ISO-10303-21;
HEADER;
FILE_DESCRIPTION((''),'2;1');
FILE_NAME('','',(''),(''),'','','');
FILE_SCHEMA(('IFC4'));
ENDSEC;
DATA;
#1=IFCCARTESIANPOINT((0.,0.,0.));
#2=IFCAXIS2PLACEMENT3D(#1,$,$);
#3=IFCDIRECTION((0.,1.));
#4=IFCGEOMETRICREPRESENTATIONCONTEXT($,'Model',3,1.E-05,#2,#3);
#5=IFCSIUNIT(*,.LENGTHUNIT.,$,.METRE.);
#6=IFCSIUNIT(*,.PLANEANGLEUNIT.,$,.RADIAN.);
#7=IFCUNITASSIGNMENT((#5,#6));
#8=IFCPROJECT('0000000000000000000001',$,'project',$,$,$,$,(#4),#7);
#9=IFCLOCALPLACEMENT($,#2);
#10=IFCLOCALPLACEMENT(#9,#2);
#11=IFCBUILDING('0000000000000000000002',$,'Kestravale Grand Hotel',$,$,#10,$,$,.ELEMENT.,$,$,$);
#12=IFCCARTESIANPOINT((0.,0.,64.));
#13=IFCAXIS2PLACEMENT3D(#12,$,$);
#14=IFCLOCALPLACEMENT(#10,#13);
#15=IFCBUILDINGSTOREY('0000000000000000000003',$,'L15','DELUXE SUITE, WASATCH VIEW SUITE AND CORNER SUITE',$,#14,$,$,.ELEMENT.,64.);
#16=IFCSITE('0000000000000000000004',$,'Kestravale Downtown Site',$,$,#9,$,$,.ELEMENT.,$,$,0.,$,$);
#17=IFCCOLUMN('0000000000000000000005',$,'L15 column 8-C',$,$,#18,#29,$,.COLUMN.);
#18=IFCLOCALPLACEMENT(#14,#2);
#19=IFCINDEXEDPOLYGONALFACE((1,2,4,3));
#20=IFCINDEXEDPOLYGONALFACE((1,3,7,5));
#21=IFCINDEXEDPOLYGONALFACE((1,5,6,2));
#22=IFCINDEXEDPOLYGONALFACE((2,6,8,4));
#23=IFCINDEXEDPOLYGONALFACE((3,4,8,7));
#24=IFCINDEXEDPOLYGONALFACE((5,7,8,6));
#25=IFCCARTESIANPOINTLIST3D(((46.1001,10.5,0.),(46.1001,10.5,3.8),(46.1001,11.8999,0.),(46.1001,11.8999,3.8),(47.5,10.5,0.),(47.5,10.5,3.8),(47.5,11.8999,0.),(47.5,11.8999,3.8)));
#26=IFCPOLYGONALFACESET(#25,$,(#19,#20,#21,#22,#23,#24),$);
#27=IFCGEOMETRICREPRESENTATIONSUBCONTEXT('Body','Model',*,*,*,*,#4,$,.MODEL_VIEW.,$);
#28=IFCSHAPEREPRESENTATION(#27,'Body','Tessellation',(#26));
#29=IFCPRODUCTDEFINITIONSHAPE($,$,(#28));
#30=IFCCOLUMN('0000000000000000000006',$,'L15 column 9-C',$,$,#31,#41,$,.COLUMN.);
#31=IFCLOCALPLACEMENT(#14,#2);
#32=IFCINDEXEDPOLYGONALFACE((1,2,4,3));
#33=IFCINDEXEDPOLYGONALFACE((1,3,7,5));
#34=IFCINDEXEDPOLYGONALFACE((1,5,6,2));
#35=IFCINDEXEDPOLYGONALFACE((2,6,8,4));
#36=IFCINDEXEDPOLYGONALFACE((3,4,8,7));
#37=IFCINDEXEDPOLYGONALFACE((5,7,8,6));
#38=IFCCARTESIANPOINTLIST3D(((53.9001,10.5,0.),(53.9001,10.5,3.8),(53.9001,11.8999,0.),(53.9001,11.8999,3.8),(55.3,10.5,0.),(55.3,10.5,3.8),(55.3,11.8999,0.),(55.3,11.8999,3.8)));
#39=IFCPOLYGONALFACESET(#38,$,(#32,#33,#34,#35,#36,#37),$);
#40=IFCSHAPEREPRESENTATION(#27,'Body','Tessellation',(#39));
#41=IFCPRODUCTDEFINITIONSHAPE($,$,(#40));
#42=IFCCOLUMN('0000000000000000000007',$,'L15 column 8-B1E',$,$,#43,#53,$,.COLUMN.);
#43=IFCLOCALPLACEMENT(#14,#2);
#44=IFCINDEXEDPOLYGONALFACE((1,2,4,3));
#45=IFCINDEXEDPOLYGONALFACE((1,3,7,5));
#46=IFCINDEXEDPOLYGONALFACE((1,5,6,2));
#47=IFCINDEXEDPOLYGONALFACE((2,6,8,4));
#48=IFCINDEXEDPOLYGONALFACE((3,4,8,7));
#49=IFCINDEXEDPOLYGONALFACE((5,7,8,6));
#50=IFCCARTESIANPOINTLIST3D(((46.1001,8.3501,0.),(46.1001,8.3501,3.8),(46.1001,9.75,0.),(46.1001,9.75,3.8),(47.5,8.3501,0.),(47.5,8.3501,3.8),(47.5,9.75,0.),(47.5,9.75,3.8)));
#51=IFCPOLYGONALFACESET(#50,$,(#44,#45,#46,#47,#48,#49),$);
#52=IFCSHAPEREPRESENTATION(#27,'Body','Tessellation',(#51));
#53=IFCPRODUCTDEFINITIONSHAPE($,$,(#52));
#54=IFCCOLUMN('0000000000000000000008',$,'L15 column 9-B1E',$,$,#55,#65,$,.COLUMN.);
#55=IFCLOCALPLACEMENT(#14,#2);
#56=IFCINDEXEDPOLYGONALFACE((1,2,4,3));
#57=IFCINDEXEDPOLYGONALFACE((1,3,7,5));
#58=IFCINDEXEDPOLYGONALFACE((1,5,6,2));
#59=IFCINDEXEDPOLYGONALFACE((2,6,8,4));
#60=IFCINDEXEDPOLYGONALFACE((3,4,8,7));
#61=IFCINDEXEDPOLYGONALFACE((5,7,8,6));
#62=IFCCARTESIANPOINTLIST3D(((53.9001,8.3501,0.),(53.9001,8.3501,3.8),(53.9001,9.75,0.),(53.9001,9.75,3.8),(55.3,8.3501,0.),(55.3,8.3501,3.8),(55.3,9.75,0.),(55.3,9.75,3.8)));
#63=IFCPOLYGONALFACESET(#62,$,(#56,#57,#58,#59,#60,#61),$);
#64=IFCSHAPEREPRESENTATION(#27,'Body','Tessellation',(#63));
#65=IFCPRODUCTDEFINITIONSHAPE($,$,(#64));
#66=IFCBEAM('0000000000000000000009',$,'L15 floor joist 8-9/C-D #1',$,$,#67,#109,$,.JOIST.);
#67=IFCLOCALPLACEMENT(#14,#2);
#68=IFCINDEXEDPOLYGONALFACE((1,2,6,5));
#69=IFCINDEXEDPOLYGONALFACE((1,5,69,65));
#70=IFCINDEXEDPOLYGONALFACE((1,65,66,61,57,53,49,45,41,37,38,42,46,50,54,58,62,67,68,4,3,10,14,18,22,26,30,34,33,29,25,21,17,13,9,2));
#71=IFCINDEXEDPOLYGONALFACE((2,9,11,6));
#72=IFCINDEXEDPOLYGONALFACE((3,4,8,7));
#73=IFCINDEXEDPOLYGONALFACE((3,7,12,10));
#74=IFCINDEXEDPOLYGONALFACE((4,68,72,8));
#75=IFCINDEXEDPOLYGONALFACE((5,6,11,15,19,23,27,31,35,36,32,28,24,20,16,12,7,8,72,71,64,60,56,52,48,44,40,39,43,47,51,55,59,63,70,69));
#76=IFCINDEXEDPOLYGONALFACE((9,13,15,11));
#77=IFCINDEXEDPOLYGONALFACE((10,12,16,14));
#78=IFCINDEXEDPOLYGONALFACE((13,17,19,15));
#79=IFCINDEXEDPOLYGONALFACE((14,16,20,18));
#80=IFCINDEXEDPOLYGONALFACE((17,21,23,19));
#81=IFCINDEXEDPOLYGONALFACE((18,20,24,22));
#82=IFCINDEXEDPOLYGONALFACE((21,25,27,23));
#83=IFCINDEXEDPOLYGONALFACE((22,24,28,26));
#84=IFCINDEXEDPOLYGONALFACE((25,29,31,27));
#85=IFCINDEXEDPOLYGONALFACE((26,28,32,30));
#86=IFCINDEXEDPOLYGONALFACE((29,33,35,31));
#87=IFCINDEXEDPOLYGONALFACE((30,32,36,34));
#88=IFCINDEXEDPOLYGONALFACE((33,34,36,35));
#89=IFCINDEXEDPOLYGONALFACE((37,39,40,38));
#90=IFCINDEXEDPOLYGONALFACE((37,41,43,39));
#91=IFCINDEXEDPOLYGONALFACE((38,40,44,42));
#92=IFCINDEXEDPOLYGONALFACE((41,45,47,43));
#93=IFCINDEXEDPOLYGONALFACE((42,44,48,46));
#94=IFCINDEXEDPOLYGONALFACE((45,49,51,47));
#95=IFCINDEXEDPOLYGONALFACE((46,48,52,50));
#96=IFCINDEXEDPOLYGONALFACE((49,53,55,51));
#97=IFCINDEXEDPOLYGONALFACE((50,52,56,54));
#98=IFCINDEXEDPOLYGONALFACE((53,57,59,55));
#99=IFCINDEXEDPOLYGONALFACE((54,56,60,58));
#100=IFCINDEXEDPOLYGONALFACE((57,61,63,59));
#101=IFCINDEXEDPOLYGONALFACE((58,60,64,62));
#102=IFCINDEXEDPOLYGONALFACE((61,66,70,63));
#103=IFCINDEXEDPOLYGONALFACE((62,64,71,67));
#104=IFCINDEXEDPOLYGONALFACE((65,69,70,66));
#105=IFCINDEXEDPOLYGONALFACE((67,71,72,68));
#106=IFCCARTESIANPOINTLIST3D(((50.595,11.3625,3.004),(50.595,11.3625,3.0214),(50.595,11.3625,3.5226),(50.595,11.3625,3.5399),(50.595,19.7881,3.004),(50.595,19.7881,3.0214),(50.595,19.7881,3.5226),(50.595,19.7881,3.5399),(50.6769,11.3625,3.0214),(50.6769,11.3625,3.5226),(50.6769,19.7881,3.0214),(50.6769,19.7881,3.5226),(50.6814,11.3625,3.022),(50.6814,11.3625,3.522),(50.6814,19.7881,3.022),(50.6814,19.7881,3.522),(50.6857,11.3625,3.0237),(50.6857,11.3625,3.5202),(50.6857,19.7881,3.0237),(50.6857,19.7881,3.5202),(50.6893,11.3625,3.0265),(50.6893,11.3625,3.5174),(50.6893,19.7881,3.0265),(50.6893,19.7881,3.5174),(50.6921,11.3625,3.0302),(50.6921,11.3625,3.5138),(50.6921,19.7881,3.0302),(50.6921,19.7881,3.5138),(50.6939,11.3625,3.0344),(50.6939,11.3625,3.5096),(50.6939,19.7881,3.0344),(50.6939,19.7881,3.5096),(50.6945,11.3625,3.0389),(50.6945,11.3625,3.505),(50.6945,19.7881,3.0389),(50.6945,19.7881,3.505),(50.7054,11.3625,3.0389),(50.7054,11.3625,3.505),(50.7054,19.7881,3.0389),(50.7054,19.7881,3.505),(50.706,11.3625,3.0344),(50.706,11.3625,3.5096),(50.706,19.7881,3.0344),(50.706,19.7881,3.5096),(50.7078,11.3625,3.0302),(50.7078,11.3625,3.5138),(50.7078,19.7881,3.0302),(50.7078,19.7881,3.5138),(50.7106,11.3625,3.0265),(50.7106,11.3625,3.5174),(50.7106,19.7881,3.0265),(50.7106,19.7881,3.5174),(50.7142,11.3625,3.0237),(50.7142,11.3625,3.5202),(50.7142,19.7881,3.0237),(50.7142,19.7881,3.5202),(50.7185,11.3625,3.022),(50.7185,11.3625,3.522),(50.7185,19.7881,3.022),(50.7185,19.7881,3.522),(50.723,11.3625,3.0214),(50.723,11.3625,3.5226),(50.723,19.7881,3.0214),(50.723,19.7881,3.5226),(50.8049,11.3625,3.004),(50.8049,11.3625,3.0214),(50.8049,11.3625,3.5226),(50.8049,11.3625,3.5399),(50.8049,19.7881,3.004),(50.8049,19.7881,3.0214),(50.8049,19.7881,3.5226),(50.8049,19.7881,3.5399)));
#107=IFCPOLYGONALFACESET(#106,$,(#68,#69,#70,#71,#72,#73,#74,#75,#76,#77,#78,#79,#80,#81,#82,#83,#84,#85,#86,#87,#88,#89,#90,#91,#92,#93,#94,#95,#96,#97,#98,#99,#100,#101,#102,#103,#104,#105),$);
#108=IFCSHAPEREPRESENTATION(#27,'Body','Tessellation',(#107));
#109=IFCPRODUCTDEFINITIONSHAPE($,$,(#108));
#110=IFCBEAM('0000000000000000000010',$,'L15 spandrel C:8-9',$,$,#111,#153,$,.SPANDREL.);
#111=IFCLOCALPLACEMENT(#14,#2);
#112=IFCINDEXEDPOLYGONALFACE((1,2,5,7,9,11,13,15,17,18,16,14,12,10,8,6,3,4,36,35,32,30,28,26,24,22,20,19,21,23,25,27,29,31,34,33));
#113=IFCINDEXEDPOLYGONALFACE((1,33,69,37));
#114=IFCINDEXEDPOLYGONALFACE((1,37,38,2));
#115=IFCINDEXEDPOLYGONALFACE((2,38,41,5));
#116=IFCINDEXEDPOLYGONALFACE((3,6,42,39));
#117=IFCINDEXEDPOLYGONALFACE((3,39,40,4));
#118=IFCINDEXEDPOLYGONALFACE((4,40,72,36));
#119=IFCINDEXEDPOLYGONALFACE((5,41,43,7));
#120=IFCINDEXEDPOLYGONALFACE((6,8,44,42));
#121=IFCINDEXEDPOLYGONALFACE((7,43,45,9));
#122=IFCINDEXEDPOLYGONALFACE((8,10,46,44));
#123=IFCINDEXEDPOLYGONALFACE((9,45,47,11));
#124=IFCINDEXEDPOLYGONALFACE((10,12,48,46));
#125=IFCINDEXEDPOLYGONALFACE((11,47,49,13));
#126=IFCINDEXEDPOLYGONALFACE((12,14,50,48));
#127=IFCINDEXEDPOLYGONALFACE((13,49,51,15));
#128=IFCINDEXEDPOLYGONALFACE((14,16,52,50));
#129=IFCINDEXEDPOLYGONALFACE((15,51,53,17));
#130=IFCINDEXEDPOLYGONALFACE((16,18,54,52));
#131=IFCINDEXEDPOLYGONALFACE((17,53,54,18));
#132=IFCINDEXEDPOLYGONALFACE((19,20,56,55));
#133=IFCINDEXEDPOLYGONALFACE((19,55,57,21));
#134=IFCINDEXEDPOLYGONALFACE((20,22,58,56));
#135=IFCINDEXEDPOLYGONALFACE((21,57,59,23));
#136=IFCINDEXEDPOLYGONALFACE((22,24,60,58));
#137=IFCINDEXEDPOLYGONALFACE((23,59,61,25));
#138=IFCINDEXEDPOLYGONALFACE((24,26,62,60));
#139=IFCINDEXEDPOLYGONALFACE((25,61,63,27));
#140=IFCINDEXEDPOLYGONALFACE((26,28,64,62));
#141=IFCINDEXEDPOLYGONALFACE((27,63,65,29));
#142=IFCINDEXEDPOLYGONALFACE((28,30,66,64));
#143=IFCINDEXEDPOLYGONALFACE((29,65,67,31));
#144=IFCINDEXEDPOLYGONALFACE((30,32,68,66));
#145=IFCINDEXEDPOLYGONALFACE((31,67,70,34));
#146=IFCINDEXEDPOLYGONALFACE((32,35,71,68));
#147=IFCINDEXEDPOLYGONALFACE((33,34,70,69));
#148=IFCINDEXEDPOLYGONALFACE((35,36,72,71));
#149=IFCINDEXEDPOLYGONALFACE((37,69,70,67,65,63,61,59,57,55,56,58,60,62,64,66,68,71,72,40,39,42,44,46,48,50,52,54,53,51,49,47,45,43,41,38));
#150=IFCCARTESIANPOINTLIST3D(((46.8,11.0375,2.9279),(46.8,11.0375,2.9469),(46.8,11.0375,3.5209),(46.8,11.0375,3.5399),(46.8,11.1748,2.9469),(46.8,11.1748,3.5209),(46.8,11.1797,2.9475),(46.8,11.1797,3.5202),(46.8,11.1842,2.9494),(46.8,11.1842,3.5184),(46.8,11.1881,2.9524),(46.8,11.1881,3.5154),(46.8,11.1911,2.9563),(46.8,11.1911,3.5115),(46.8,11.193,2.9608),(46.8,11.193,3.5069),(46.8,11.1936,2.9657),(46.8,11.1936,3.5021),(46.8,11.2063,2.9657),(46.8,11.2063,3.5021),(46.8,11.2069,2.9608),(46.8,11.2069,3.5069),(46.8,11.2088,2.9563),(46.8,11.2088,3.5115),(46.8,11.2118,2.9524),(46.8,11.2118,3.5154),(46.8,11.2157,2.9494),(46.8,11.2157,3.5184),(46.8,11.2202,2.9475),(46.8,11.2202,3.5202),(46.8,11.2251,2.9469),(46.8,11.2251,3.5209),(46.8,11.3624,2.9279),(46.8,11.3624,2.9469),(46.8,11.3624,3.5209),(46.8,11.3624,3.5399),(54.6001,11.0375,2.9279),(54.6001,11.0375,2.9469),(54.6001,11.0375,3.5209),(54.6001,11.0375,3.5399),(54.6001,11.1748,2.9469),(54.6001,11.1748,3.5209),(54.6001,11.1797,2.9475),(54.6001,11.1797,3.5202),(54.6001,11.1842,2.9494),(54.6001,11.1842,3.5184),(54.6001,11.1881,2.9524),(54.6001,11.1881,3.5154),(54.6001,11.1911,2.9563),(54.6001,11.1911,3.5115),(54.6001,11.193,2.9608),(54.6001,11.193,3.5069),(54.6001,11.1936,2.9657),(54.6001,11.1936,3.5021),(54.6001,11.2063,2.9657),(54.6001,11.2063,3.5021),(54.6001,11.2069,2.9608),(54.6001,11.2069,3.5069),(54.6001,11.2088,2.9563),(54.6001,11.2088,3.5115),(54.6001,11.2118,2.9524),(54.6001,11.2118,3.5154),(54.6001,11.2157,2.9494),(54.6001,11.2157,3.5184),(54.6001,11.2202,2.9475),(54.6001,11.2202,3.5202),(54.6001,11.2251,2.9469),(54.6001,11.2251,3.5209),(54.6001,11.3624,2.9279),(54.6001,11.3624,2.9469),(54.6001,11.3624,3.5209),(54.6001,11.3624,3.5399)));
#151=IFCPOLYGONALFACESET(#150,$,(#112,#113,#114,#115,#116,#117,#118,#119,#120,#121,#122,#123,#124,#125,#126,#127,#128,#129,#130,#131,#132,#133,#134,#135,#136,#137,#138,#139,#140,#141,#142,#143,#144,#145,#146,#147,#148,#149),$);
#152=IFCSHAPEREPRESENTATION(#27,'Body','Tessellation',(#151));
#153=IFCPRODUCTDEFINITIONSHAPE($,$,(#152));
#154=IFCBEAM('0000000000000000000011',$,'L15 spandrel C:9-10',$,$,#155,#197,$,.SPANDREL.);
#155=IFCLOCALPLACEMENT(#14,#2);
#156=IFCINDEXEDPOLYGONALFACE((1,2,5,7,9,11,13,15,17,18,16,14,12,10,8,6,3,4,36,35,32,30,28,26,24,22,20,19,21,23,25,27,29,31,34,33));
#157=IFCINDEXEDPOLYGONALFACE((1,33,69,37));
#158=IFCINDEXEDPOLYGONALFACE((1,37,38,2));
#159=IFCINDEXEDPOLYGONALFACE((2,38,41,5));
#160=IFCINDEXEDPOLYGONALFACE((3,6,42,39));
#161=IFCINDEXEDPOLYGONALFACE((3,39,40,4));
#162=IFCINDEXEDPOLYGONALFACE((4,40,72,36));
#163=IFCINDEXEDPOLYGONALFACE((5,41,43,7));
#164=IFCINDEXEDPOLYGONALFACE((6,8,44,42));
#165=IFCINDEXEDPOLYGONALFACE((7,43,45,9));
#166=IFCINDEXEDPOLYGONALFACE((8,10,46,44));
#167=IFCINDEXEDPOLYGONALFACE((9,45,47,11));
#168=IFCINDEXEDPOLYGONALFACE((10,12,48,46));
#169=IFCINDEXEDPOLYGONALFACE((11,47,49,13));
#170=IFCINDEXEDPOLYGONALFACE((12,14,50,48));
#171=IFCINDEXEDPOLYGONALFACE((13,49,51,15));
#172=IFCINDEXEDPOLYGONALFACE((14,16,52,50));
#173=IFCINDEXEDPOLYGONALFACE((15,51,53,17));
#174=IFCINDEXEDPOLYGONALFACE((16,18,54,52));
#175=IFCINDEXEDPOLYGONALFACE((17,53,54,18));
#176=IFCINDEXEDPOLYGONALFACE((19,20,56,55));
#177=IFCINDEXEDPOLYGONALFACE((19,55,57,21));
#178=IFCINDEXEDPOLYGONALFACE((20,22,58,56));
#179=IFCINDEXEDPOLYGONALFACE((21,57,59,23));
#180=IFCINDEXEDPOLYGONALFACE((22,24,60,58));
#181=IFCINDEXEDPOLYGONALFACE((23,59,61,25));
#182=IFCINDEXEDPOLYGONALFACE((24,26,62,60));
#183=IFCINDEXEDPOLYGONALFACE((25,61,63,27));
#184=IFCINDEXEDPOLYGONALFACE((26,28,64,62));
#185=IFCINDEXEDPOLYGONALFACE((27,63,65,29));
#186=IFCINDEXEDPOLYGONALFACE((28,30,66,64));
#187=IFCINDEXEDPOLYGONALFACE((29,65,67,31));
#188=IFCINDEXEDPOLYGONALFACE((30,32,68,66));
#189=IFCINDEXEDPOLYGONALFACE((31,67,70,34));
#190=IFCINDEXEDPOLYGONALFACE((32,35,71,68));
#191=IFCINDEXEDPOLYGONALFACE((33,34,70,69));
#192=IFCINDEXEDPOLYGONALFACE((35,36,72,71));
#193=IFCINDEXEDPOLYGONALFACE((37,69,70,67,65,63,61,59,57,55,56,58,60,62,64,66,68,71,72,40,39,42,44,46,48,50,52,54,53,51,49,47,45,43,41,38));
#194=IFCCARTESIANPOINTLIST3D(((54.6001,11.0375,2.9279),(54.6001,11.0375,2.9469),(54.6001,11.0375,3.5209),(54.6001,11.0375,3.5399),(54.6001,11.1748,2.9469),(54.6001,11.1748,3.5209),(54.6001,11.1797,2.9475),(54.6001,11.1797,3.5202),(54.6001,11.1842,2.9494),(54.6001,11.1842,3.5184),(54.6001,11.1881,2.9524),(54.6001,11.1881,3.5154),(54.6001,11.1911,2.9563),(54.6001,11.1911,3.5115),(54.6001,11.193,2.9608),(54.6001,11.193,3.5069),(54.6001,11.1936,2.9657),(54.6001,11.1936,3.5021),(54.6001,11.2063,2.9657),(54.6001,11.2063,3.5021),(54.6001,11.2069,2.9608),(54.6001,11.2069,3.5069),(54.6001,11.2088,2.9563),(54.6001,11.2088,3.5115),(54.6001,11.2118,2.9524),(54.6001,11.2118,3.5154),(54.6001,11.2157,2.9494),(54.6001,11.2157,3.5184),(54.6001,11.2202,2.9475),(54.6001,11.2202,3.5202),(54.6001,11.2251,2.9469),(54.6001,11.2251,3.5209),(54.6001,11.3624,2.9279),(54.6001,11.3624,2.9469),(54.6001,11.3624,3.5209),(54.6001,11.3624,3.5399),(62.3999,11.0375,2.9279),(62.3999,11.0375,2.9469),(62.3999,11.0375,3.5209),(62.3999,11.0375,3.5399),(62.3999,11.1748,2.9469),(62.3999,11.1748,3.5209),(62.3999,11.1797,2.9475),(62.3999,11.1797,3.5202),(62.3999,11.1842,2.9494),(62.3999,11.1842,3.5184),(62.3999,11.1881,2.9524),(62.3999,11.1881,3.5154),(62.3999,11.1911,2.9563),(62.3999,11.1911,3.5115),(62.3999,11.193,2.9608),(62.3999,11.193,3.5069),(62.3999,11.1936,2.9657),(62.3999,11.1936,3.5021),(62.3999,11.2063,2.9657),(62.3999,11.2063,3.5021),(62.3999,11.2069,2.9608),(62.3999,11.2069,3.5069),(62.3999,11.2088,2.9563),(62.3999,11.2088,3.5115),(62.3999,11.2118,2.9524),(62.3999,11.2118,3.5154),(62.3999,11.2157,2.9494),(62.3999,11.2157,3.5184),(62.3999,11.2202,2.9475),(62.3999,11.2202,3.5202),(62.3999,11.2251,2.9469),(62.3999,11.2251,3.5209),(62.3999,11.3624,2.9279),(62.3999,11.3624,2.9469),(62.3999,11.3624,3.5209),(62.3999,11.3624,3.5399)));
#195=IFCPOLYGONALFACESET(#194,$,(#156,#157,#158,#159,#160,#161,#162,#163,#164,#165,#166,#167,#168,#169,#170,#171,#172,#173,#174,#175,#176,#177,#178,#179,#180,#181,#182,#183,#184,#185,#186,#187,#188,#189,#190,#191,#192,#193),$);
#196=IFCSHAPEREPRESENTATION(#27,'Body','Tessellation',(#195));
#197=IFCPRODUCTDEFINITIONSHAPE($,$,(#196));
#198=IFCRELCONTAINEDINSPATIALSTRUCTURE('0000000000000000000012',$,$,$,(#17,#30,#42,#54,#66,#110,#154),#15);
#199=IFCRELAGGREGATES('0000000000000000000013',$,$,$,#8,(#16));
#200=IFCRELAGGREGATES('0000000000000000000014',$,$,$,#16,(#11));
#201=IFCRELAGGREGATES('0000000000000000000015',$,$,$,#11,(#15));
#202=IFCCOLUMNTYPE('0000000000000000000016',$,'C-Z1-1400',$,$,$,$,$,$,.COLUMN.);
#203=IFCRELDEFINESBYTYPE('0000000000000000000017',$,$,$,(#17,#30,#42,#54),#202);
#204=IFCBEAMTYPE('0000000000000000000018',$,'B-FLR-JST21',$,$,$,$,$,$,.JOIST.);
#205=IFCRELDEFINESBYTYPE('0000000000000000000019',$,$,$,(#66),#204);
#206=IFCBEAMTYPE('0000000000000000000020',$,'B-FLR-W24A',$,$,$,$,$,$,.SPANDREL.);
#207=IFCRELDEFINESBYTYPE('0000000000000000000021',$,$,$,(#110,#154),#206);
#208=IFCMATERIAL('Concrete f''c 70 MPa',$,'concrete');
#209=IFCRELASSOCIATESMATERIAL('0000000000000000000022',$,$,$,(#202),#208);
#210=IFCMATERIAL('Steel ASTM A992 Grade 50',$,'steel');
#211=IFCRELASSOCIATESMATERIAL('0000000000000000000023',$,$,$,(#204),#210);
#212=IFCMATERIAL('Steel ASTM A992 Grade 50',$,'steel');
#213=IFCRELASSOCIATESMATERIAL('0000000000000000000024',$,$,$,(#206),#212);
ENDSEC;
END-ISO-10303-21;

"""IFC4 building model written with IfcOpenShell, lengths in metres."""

from ifc_helpers import new_model, si_unit, direction, frame, origin, origin_2d, place, context, subcontext, project, spatial, rectangle, i_section, extrude, material, material_profile, profile_set, type_object, element, save


model = new_model("IFC4")

# Units and contexts
model_context = context("Model", 3, precision=1e-05, world=origin(), true_north=direction((0.0, 1.0)))
body_context = subcontext(model_context, "Body", "Model", "MODEL_VIEW")
ifc_project = project(units=[si_unit("LENGTHUNIT", "METRE"), si_unit("PLANEANGLEUNIT", "RADIAN")], contexts=[model_context])

# Site, building, storey
site_placement = place(None, origin())
site = spatial("IfcSite", under=ifc_project, at=site_placement, Name="Kestravale Downtown Site", CompositionType="ELEMENT", RefElevation=0.0)
building_placement = place(site_placement, origin())
building = spatial("IfcBuilding", under=site, at=building_placement, Name="Kestravale Grand Hotel", CompositionType="ELEMENT")
storey_placement = place(building_placement, frame((0.0, 0.0, 64.0)))
storey = spatial("IfcBuildingStorey", under=building, at=storey_placement, Name="L15", Description="DELUXE SUITE, WASATCH VIEW SUITE AND CORNER SUITE", CompositionType="ELEMENT", Elevation=64.0)

# Columns
ifc_material_1 = material(Name="Concrete f'c 70 MPa", Category="concrete")
ifc_material_profile_1 = material_profile(ifc_material_1, rectangle(XDim=1.3999, YDim=1.3999, at=origin_2d()))
ifc_profile_set_1 = profile_set([ifc_material_profile_1], Name="Concrete f'c 70 MPa")
column_type = type_object("IfcColumnType", Name="C-Z1-1400", PredefinedType="COLUMN", material=ifc_profile_set_1)
for number, where, z_axis, x_axis, name in (
    (1, (46.8, 11.2, 0.0), (0.0, 0.0, 1.0), (1.0, 0.0, 0.0), "L15 column 8-C"),
    (2, (54.6001, 11.2, 0.0), (0.0, 0.0, 1.0), (1.0, 0.0, 0.0), "L15 column 9-C"),
    (3, (46.8, 9.05, 0.0), (0.0, 0.0, 1.0), (1.0, 0.0, 0.0), "L15 column 8-B1E"),
    (4, (54.6001, 9.05, 0.0), (0.0, 0.0, 1.0), (1.0, 0.0, 0.0), "L15 column 9-B1E"),
):
    element("IfcColumn", number, at=place(storey_placement, frame(where, z_axis=z_axis, x_axis=x_axis)), inside=storey, type_object=column_type, Name=name, PredefinedType="COLUMN", context=body_context, shape_type="SweptSolid", body=[
        extrude(rectangle(XDim=1.3999, YDim=1.3999, at=origin_2d()), origin(), (0.0, 0.0, 1.0), 3.8),
    ])

# Beams
ifc_material_2 = material(Name="Steel ASTM A992 Grade 50", Category="steel")
ifc_material_profile_2 = material_profile(ifc_material_2, i_section(OverallWidth=0.21, OverallDepth=0.5359, WebThickness=0.011, FlangeThickness=0.0173, FilletRadius=0.0176, at=origin_2d()))
ifc_profile_set_2 = profile_set([ifc_material_profile_2], Name="Steel ASTM A992 Grade 50")
beam_type_1 = type_object("IfcBeamType", Name="B-FLR-JST21", PredefinedType="JOIST", material=ifc_profile_set_2)
beam_1_placement = place(storey_placement, frame((50.7, 11.3625, 3.272), z_axis=(0.0, 1.0, 0.0), x_axis=(-1.0, 0.0, 0.0)))
element("IfcBeam", 5, at=beam_1_placement, inside=storey, type_object=beam_type_1, Name="L15 floor joist 8-9/C-D #1", PredefinedType="JOIST", context=body_context, shape_type="SweptSolid", body=[
    extrude(i_section(OverallWidth=0.21, OverallDepth=0.5359, WebThickness=0.011, FlangeThickness=0.0173, FilletRadius=0.0176, at=origin_2d()), origin(), (0.0, 0.0, 1.0), 8.4255),
])
ifc_material_3 = material(Name="Steel ASTM A992 Grade 50", Category="steel")
ifc_material_profile_3 = material_profile(ifc_material_3, i_section(OverallWidth=0.325, OverallDepth=0.6121, WebThickness=0.0127, FlangeThickness=0.019, FilletRadius=0.0188, at=origin_2d()))
ifc_profile_set_3 = profile_set([ifc_material_profile_3], Name="Steel ASTM A992 Grade 50")
beam_type_2 = type_object("IfcBeamType", Name="B-FLR-W24A", PredefinedType="SPANDREL", material=ifc_profile_set_3)
beam_2_placement = place(storey_placement, frame((46.8, 11.2, 3.2339), z_axis=(1.0, 0.0, 0.0), x_axis=(0.0, 1.0, 0.0)))
element("IfcBeam", 6, at=beam_2_placement, inside=storey, type_object=beam_type_2, Name="L15 spandrel C:8-9", PredefinedType="SPANDREL", context=body_context, shape_type="SweptSolid", body=[
    extrude(i_section(OverallWidth=0.325, OverallDepth=0.6121, WebThickness=0.0127, FlangeThickness=0.019, FilletRadius=0.0188, at=origin_2d()), origin(), (0.0, 0.0, 1.0), 7.8),
])
beam_3_placement = place(storey_placement, frame((54.6001, 11.2, 3.2339), z_axis=(1.0, 0.0, 0.0), x_axis=(0.0, 1.0, 0.0)))
element("IfcBeam", 7, at=beam_3_placement, inside=storey, type_object=beam_type_2, Name="L15 spandrel C:9-10", PredefinedType="SPANDREL", context=body_context, shape_type="SweptSolid", body=[
    extrude(i_section(OverallWidth=0.325, OverallDepth=0.6121, WebThickness=0.0127, FlangeThickness=0.019, FilletRadius=0.0188, at=origin_2d()), origin(), (0.0, 0.0, 1.0), 7.7998),
])

save(model, "model.ifc")
